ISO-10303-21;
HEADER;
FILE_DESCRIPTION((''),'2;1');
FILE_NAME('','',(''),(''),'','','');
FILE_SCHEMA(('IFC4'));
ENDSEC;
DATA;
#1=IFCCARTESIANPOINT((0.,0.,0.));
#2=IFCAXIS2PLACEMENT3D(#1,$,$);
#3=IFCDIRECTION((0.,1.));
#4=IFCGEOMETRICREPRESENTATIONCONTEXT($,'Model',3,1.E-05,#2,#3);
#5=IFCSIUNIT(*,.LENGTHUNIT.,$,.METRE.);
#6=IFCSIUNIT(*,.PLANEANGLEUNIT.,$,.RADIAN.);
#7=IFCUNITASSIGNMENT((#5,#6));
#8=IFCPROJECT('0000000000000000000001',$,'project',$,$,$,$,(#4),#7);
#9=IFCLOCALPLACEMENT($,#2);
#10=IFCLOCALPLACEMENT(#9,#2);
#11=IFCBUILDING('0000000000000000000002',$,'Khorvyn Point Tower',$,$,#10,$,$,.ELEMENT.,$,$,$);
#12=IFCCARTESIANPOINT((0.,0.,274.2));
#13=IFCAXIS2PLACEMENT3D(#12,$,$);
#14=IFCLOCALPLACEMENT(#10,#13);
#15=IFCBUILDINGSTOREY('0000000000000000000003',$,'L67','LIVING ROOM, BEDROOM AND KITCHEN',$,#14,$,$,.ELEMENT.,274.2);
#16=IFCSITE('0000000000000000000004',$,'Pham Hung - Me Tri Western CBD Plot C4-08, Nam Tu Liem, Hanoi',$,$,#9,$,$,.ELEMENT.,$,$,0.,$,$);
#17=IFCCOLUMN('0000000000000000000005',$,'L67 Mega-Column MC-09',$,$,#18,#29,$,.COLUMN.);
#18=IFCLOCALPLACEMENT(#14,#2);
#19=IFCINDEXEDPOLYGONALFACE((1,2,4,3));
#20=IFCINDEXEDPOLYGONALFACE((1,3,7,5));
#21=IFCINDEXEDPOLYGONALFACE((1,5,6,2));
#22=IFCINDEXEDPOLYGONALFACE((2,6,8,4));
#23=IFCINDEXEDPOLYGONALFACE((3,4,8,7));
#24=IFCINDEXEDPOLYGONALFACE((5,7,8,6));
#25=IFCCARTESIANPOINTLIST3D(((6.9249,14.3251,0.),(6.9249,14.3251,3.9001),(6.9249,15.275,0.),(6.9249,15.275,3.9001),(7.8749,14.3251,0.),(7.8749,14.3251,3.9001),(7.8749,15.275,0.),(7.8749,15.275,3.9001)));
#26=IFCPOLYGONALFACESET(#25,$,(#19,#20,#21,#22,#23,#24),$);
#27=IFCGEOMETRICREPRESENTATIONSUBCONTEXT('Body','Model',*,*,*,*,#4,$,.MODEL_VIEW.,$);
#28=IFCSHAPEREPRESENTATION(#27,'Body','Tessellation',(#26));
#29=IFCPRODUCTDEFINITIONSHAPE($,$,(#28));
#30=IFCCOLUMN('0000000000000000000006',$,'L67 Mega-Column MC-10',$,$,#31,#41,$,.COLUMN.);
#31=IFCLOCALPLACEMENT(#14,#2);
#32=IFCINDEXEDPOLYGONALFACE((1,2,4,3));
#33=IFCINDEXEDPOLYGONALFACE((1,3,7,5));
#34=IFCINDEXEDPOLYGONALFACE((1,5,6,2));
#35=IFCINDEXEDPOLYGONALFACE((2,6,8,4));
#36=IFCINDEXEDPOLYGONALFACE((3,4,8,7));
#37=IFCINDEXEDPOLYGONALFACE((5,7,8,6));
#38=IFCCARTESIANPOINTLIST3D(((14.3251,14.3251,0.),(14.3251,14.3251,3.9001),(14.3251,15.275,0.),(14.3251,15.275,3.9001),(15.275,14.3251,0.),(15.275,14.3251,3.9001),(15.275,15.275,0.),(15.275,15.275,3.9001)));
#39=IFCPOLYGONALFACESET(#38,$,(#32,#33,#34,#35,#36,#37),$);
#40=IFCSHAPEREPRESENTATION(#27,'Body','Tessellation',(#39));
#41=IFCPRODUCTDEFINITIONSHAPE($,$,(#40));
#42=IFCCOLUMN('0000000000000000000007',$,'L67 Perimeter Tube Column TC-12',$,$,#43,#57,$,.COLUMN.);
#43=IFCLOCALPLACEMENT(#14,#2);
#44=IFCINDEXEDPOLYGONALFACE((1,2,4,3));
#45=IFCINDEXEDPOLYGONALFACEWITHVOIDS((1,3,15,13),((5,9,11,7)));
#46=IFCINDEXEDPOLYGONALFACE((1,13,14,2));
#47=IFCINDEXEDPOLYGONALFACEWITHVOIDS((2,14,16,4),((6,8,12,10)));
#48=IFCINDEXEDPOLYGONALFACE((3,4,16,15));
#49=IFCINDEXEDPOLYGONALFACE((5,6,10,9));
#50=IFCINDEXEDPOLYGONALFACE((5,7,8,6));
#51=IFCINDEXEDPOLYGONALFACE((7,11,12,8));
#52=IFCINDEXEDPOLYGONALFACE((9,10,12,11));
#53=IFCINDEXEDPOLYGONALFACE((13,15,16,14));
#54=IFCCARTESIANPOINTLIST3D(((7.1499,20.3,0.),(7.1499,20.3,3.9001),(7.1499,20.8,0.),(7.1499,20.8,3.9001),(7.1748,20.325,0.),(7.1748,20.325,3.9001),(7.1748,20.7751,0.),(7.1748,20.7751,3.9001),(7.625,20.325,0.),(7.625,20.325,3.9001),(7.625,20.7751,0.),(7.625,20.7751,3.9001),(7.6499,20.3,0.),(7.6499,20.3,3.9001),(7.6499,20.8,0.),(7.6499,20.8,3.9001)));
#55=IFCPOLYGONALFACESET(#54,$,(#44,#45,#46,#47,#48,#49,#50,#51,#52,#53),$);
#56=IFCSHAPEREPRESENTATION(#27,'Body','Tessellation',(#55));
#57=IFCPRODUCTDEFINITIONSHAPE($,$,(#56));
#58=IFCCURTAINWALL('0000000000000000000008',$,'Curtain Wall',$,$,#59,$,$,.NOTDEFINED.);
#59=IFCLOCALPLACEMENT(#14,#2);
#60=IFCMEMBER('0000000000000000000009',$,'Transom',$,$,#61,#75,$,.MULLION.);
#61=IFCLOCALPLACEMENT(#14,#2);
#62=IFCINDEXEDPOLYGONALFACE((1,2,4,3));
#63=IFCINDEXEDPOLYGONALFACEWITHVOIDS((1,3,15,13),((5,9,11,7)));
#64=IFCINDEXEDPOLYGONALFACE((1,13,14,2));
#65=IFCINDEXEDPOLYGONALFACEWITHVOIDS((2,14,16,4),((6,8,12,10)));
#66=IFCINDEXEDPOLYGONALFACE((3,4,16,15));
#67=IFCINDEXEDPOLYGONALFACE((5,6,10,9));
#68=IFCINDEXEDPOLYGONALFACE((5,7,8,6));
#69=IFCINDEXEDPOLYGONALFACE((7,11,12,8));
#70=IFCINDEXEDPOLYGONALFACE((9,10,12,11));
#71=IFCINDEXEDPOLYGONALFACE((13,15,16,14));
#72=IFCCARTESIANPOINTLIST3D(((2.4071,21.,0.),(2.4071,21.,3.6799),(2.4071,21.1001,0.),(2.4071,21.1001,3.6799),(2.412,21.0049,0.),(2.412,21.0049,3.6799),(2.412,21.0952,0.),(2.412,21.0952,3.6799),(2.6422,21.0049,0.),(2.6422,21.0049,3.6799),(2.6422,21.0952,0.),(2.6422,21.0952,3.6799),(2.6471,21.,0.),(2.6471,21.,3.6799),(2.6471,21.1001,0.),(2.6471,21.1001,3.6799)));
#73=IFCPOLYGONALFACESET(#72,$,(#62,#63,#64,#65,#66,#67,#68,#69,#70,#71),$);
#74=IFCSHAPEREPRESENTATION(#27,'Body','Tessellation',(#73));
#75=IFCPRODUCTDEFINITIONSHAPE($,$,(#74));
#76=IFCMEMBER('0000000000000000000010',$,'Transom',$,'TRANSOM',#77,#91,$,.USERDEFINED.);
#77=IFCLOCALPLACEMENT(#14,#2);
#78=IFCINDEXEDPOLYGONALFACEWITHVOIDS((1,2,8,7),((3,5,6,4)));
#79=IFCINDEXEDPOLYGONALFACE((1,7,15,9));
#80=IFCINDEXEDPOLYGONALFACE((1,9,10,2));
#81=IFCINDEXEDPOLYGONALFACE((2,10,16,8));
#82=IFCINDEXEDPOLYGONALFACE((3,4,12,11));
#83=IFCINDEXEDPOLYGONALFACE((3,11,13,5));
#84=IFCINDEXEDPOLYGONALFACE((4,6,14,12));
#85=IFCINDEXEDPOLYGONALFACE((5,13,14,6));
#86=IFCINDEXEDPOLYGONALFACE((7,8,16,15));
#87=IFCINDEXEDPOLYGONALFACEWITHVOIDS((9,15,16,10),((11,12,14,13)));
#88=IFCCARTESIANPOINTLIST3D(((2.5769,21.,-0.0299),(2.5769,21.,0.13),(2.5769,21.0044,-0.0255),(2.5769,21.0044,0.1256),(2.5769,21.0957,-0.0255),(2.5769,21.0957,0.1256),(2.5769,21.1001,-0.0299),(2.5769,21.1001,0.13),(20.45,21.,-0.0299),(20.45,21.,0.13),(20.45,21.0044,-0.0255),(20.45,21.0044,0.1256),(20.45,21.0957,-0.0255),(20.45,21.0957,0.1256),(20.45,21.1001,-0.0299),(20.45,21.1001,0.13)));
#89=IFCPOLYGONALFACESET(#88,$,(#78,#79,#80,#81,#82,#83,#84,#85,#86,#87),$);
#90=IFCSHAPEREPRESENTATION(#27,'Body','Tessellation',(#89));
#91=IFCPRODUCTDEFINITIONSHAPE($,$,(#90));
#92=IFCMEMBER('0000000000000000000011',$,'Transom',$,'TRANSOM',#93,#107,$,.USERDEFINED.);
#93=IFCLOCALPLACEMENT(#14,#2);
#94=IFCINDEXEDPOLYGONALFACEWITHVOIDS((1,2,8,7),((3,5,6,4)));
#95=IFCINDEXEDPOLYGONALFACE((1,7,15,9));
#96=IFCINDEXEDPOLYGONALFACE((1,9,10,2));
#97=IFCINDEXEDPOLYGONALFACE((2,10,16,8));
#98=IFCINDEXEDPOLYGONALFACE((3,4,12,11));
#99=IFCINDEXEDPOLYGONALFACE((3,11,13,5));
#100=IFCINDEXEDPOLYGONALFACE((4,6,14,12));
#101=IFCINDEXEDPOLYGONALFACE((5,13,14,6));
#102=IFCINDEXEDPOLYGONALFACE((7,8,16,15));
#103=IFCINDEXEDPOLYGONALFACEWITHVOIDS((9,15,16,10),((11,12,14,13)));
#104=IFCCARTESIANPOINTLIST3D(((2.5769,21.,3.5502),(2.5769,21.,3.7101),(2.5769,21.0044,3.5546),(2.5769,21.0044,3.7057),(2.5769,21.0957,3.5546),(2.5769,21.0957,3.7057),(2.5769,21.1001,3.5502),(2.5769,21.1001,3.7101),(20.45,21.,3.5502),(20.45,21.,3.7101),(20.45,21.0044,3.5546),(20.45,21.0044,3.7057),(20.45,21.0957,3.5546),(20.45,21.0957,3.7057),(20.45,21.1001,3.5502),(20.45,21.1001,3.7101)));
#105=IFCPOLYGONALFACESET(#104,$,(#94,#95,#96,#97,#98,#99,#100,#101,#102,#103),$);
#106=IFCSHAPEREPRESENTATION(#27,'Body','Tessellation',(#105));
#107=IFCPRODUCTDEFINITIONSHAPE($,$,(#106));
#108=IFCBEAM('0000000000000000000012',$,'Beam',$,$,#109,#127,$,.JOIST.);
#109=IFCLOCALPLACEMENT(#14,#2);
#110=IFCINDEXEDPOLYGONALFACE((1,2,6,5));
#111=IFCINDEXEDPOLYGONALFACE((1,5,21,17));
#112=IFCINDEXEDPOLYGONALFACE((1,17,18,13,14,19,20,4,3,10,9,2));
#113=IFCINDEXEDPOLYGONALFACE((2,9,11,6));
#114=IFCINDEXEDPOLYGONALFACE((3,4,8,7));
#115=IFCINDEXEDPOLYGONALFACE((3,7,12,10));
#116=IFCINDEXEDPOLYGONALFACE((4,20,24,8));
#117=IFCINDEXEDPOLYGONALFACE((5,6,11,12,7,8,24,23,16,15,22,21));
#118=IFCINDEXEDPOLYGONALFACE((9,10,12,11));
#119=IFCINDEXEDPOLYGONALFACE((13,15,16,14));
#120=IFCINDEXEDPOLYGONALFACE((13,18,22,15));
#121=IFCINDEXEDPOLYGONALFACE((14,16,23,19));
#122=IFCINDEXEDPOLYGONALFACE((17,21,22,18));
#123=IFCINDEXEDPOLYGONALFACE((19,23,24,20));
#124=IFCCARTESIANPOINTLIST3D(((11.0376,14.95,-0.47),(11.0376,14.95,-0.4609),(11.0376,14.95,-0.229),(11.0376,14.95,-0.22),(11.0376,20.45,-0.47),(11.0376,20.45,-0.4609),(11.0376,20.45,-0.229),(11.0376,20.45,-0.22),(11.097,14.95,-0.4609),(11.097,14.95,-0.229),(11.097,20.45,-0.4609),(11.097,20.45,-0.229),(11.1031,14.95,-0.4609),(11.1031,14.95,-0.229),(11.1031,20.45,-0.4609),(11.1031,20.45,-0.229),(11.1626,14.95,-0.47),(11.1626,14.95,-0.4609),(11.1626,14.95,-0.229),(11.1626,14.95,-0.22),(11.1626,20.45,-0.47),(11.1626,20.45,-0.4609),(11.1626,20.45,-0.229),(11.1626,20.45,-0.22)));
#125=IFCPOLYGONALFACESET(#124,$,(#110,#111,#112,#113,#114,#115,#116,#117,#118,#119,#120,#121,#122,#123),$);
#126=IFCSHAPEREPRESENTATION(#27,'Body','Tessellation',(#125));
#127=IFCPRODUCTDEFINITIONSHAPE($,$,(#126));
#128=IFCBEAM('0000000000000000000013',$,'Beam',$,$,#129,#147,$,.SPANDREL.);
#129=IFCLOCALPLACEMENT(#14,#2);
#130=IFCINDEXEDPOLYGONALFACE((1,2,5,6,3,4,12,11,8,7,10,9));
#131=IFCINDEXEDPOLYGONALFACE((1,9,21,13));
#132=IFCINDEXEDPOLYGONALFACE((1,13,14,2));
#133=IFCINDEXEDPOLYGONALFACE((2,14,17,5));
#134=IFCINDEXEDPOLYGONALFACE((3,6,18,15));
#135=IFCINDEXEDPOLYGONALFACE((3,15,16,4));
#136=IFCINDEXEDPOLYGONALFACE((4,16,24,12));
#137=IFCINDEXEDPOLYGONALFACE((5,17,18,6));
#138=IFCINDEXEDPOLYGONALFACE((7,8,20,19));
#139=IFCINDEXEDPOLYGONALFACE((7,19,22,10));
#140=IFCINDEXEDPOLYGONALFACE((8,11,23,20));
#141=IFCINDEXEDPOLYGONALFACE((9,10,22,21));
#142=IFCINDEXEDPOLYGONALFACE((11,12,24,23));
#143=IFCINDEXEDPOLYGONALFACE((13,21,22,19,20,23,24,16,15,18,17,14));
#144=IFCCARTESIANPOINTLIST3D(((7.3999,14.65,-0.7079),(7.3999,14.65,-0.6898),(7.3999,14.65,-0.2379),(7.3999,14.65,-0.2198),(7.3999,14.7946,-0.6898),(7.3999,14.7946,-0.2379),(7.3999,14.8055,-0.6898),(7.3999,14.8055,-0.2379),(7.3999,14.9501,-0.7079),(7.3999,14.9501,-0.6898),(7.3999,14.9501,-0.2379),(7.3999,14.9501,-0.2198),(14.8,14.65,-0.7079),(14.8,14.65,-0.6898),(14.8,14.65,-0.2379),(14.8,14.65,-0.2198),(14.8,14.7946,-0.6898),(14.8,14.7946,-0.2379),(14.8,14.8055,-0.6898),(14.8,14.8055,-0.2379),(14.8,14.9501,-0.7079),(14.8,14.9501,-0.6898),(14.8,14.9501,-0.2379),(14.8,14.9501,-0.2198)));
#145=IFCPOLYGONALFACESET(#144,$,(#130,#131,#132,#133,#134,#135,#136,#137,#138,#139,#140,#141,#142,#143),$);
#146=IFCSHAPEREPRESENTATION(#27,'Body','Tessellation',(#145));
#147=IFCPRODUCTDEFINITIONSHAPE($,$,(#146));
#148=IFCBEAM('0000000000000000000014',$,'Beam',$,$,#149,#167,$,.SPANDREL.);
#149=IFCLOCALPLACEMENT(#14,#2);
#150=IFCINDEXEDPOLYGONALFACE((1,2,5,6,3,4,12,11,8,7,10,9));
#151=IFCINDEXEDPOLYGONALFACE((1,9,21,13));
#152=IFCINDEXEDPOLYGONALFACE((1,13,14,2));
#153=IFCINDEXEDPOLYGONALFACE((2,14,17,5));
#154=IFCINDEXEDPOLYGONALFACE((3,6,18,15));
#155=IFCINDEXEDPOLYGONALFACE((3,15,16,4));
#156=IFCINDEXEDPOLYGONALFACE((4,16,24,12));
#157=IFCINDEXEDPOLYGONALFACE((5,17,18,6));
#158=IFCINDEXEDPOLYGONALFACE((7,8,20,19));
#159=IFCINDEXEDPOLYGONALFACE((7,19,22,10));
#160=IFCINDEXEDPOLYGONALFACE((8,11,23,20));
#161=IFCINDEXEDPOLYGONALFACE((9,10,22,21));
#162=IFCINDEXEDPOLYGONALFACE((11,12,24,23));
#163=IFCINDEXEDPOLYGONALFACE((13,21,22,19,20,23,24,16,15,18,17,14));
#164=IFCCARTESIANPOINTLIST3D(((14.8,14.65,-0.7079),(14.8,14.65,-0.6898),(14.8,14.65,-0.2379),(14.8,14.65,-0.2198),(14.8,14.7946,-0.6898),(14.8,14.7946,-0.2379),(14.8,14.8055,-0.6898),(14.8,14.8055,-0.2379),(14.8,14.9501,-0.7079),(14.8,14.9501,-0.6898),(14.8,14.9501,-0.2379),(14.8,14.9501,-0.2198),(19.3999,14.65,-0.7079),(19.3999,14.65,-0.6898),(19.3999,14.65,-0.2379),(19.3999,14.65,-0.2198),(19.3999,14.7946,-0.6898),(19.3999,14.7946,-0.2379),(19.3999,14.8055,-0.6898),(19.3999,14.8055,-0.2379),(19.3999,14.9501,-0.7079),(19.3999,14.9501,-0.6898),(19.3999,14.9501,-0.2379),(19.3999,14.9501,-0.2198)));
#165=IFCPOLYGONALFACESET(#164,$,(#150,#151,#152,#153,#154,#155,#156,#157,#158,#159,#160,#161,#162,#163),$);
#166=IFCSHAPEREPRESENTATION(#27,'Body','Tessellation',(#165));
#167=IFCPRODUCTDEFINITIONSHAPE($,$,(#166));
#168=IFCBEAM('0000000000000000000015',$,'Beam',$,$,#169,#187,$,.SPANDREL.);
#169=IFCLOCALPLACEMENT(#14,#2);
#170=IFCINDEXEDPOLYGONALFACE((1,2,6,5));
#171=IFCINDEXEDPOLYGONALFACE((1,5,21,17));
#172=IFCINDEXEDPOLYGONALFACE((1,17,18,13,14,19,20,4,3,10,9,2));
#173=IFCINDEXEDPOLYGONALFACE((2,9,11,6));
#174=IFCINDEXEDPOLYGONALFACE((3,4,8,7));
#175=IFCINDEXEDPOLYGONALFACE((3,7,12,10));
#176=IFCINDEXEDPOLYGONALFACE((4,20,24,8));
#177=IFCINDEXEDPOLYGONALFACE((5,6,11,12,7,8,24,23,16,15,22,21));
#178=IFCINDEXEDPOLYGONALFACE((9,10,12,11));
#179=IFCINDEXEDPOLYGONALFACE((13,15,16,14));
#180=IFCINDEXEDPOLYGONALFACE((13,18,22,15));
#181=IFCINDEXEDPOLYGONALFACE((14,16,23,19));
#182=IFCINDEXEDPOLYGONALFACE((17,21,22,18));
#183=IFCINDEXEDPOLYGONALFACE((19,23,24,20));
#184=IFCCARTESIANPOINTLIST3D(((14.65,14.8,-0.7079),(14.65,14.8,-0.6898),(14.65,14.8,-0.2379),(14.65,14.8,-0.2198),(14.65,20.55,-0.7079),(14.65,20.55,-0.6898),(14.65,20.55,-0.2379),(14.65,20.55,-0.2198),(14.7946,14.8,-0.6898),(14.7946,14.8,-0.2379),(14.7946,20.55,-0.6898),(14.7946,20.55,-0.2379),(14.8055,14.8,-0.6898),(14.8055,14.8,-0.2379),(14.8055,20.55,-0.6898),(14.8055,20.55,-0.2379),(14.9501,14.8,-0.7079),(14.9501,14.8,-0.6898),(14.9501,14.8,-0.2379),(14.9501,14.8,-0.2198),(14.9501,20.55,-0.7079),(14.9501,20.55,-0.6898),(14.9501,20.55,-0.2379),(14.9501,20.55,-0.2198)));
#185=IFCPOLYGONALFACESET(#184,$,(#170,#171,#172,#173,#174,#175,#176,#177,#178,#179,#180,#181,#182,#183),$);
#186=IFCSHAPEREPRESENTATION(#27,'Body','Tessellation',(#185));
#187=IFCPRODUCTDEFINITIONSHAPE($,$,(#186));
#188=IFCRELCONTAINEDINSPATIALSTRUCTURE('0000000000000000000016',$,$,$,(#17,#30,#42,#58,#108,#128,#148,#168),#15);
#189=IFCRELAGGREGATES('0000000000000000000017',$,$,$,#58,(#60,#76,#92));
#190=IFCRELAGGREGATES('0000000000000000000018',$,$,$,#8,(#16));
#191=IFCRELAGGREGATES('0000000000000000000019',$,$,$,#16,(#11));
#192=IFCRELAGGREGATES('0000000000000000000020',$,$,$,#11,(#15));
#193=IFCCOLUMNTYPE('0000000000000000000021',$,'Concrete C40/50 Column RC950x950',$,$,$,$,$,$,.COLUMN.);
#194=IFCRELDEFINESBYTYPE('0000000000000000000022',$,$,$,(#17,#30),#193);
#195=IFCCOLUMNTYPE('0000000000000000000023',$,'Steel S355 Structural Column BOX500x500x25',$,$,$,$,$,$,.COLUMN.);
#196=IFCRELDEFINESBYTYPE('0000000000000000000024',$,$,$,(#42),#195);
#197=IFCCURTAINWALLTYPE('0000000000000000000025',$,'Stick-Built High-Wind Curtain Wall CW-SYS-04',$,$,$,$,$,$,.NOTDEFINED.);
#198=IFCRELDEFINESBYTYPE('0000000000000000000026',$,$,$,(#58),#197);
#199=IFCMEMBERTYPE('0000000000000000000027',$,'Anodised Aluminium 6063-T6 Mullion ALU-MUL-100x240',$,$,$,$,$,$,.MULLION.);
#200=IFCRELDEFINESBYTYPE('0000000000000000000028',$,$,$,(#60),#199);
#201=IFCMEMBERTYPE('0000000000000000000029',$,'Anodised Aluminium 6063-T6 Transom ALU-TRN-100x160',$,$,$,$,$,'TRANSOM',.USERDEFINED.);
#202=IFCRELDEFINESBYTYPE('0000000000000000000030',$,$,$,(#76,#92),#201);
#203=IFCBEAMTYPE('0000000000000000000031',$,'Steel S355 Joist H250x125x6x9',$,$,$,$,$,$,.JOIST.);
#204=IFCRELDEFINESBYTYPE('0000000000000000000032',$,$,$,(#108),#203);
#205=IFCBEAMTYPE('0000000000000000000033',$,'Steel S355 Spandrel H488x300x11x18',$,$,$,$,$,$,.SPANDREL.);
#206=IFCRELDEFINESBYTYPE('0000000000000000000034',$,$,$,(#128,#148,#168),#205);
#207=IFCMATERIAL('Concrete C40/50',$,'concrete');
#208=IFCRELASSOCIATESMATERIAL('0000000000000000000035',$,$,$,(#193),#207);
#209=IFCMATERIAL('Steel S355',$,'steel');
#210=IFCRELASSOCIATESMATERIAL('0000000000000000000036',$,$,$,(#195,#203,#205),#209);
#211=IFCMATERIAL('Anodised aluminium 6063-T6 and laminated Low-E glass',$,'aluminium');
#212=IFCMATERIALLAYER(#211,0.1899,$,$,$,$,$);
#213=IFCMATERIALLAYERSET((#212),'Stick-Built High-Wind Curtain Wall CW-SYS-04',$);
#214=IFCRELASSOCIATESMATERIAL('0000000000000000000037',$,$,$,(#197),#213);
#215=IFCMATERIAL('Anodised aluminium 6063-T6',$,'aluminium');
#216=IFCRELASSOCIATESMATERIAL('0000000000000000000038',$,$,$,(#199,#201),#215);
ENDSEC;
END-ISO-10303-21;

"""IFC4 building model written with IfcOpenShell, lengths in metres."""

from ifc_helpers import new_model, si_unit, direction, frame, origin, origin_2d, place, context, subcontext, project, spatial, rectangle, hollow_rectangle, i_section, extrude, material, layer, layer_set, material_profile, profile_set, type_object, element, aggregate, save


model = new_model("IFC4")

# Units and contexts
model_context = context("Model", 3, precision=1e-05, world=origin(), true_north=direction((0.0, 1.0)))
body_context = subcontext(model_context, "Body", "Model", "MODEL_VIEW")
ifc_project = project(units=[si_unit("LENGTHUNIT", "METRE"), si_unit("PLANEANGLEUNIT", "RADIAN")], contexts=[model_context])

# Site, building, storey
site_placement = place(None, origin())
site = spatial("IfcSite", under=ifc_project, at=site_placement, Name="Pham Hung - Me Tri Western CBD Plot C4-08, Nam Tu Liem, Hanoi", CompositionType="ELEMENT", RefElevation=0.0)
building_placement = place(site_placement, origin())
building = spatial("IfcBuilding", under=site, at=building_placement, Name="Khorvyn Point Tower", CompositionType="ELEMENT")
storey_placement = place(building_placement, frame((0.0, 0.0, 274.2)))
storey = spatial("IfcBuildingStorey", under=building, at=storey_placement, Name="L67", Description="LIVING ROOM, BEDROOM AND KITCHEN", CompositionType="ELEMENT", Elevation=274.2)

# Columns
ifc_material_1 = material(Name="Concrete C40/50", Category="concrete")
ifc_material_profile_1 = material_profile(ifc_material_1, rectangle(XDim=0.95, YDim=0.95, at=origin_2d()))
ifc_profile_set_1 = profile_set([ifc_material_profile_1], Name="Concrete C40/50 RC950x950")
column_type_1 = type_object("IfcColumnType", Name="Concrete C40/50 Column RC950x950", PredefinedType="COLUMN", material=ifc_profile_set_1)
for number, where, z_axis, x_axis, name in (
    (1, (7.3999, 14.8, 0.0), (0.0, 0.0, 1.0), (1.0, 0.0, 0.0), "L67 Mega-Column MC-09"),
    (2, (14.8, 14.8, 0.0), (0.0, 0.0, 1.0), (1.0, 0.0, 0.0), "L67 Mega-Column MC-10"),
):
    element("IfcColumn", number, at=place(storey_placement, frame(where, z_axis=z_axis, x_axis=x_axis)), inside=storey, type_object=column_type_1, Name=name, PredefinedType="COLUMN", context=body_context, shape_type="SweptSolid", body=[
        extrude(rectangle(XDim=0.95, YDim=0.95, at=origin_2d()), origin(), (0.0, 0.0, 1.0), 3.9001),
    ])
ifc_material_2 = material(Name="Steel S355", Category="steel")
ifc_material_profile_2 = material_profile(ifc_material_2, hollow_rectangle(XDim=0.5, YDim=0.5, WallThickness=0.0249, at=origin_2d()))
ifc_profile_set_2 = profile_set([ifc_material_profile_2], Name="Steel S355 BOX500x500x25")
column_type_2 = type_object("IfcColumnType", Name="Steel S355 Structural Column BOX500x500x25", PredefinedType="COLUMN", material=ifc_profile_set_2)
column_placement = place(storey_placement, frame((7.3999, 20.55, 0.0), z_axis=(0.0, 0.0, 1.0), x_axis=(1.0, 0.0, 0.0)))
element("IfcColumn", 3, at=column_placement, inside=storey, type_object=column_type_2, Name="L67 Perimeter Tube Column TC-12", PredefinedType="COLUMN", context=body_context, shape_type="SweptSolid", body=[
    extrude(hollow_rectangle(XDim=0.5, YDim=0.5, WallThickness=0.0249, at=origin_2d()), origin(), (0.0, 0.0, 1.0), 3.9001),
])

# Curtain wall, members
ifc_material_3 = material(Name="Anodised aluminium 6063-T6 and laminated Low-E glass", Category="aluminium")
ifc_layer_1 = layer(ifc_material_3, 0.1899)
ifc_layer_set_1 = layer_set([ifc_layer_1], Name="Stick-Built High-Wind Curtain Wall CW-SYS-04")
curtain_wall_type = type_object("IfcCurtainWallType", Name="Stick-Built High-Wind Curtain Wall CW-SYS-04", PredefinedType="NOTDEFINED", material=ifc_layer_set_1)
curtain_wall_placement = place(storey_placement, origin())
curtain_wall = element("IfcCurtainWall", 4, at=curtain_wall_placement, inside=storey, type_object=curtain_wall_type, Name="Curtain Wall", PredefinedType="NOTDEFINED")
ifc_material_4 = material(Name="Anodised aluminium 6063-T6", Category="aluminium")
ifc_material_profile_3 = material_profile(ifc_material_4, hollow_rectangle(XDim=0.1001, YDim=0.24, WallThickness=0.0049, at=origin_2d()))
ifc_profile_set_3 = profile_set([ifc_material_profile_3], Name="Anodised aluminium 6063-T6 ALU-MUL-100x240")
member_type_1 = type_object("IfcMemberType", Name="Anodised Aluminium 6063-T6 Mullion ALU-MUL-100x240", PredefinedType="MULLION", material=ifc_profile_set_3)
member_1_placement = place(storey_placement, frame((2.5271, 21.05, 0.0), z_axis=(0.0, 0.0, 1.0), x_axis=(0.0, 1.0, 0.0)))
member_1 = element("IfcMember", 5, at=member_1_placement, type_object=member_type_1, Name="Transom", PredefinedType="MULLION", context=body_context, shape_type="SweptSolid", body=[
    extrude(hollow_rectangle(XDim=0.1001, YDim=0.24, WallThickness=0.0049, at=origin_2d()), origin(), (0.0, 0.0, 1.0), 3.6799),
])
ifc_material_profile_4 = material_profile(ifc_material_4, hollow_rectangle(XDim=0.1001, YDim=0.1599, WallThickness=0.0044, at=origin_2d()))
ifc_profile_set_4 = profile_set([ifc_material_profile_4], Name="Anodised aluminium 6063-T6 ALU-TRN-100x160")
member_type_2 = type_object("IfcMemberType", Name="Anodised Aluminium 6063-T6 Transom ALU-TRN-100x160", ElementType="TRANSOM", PredefinedType="USERDEFINED", material=ifc_profile_set_4)
member_2_placement = place(storey_placement, frame((2.5769, 21.05, 0.05), z_axis=(1.0, 0.0, 0.0), x_axis=(0.0, 1.0, 0.0)))
member_2 = element("IfcMember", 6, at=member_2_placement, type_object=member_type_2, Name="Transom", ObjectType="TRANSOM", PredefinedType="USERDEFINED", context=body_context, shape_type="SweptSolid", body=[
    extrude(hollow_rectangle(XDim=0.1001, YDim=0.1599, WallThickness=0.0044, at=origin_2d()), origin(), (0.0, 0.0, 1.0), 17.873),
])
member_3_placement = place(storey_placement, frame((2.5769, 21.05, 3.6301), z_axis=(1.0, 0.0, 0.0), x_axis=(0.0, 1.0, 0.0)))
member_3 = element("IfcMember", 7, at=member_3_placement, type_object=member_type_2, Name="Transom", ObjectType="TRANSOM", PredefinedType="USERDEFINED", context=body_context, shape_type="SweptSolid", body=[
    extrude(hollow_rectangle(XDim=0.1001, YDim=0.1599, WallThickness=0.0044, at=origin_2d()), origin(), (0.0, 0.0, 1.0), 17.873),
])

# Beams
ifc_material_profile_5 = material_profile(ifc_material_2, i_section(OverallWidth=0.125, OverallDepth=0.25, WebThickness=0.0061, FlangeThickness=0.009, at=origin_2d()))
ifc_profile_set_5 = profile_set([ifc_material_profile_5], Name="Steel S355 H250x125x6x9")
beam_type_1 = type_object("IfcBeamType", Name="Steel S355 Joist H250x125x6x9", PredefinedType="JOIST", material=ifc_profile_set_5)
beam_1_placement = place(storey_placement, frame((11.1001, 14.95, -0.345), z_axis=(0.0, 1.0, 0.0), x_axis=(-1.0, 0.0, 0.0)))
element("IfcBeam", 8, at=beam_1_placement, inside=storey, type_object=beam_type_1, Name="Beam", PredefinedType="JOIST", context=body_context, shape_type="SweptSolid", body=[
    extrude(i_section(OverallWidth=0.125, OverallDepth=0.25, WebThickness=0.0061, FlangeThickness=0.009, at=origin_2d()), origin(), (0.0, 0.0, 1.0), 5.5),
])
ifc_material_profile_6 = material_profile(ifc_material_2, i_section(OverallWidth=0.3, OverallDepth=0.488, WebThickness=0.011, FlangeThickness=0.0181, at=origin_2d()))
ifc_profile_set_6 = profile_set([ifc_material_profile_6], Name="Steel S355 H488x300x11x18")
beam_type_2 = type_object("IfcBeamType", Name="Steel S355 Spandrel H488x300x11x18", PredefinedType="SPANDREL", material=ifc_profile_set_6)
beam_2_placement = place(storey_placement, frame((7.3999, 14.8, -0.4639), z_axis=(1.0, 0.0, 0.0), x_axis=(0.0, 1.0, 0.0)))
element("IfcBeam", 9, at=beam_2_placement, inside=storey, type_object=beam_type_2, Name="Beam", PredefinedType="SPANDREL", context=body_context, shape_type="SweptSolid", body=[
    extrude(i_section(OverallWidth=0.3, OverallDepth=0.488, WebThickness=0.011, FlangeThickness=0.0181, at=origin_2d()), origin(), (0.0, 0.0, 1.0), 7.4001),
])
beam_3_placement = place(storey_placement, frame((14.8, 14.8, -0.4639), z_axis=(1.0, 0.0, 0.0), x_axis=(0.0, 1.0, 0.0)))
element("IfcBeam", 10, at=beam_3_placement, inside=storey, type_object=beam_type_2, Name="Beam", PredefinedType="SPANDREL", context=body_context, shape_type="SweptSolid", body=[
    extrude(i_section(OverallWidth=0.3, OverallDepth=0.488, WebThickness=0.011, FlangeThickness=0.0181, at=origin_2d()), origin(), (0.0, 0.0, 1.0), 4.5999),
])
for number, where, z_axis, x_axis, name in (
    (11, (14.8, 14.8, -0.4639), (0.0, 1.0, 0.0), (-1.0, 0.0, 0.0), "Beam"),
):
    element("IfcBeam", number, at=place(storey_placement, frame(where, z_axis=z_axis, x_axis=x_axis)), inside=storey, type_object=beam_type_2, Name=name, PredefinedType="SPANDREL", context=body_context, shape_type="SweptSolid", body=[
        extrude(i_section(OverallWidth=0.3, OverallDepth=0.488, WebThickness=0.011, FlangeThickness=0.0181, at=origin_2d()), origin(), (0.0, 0.0, 1.0), 5.75),
    ])

aggregate(curtain_wall, [member_1, member_2, member_3])

save(model, "model.ifc")
